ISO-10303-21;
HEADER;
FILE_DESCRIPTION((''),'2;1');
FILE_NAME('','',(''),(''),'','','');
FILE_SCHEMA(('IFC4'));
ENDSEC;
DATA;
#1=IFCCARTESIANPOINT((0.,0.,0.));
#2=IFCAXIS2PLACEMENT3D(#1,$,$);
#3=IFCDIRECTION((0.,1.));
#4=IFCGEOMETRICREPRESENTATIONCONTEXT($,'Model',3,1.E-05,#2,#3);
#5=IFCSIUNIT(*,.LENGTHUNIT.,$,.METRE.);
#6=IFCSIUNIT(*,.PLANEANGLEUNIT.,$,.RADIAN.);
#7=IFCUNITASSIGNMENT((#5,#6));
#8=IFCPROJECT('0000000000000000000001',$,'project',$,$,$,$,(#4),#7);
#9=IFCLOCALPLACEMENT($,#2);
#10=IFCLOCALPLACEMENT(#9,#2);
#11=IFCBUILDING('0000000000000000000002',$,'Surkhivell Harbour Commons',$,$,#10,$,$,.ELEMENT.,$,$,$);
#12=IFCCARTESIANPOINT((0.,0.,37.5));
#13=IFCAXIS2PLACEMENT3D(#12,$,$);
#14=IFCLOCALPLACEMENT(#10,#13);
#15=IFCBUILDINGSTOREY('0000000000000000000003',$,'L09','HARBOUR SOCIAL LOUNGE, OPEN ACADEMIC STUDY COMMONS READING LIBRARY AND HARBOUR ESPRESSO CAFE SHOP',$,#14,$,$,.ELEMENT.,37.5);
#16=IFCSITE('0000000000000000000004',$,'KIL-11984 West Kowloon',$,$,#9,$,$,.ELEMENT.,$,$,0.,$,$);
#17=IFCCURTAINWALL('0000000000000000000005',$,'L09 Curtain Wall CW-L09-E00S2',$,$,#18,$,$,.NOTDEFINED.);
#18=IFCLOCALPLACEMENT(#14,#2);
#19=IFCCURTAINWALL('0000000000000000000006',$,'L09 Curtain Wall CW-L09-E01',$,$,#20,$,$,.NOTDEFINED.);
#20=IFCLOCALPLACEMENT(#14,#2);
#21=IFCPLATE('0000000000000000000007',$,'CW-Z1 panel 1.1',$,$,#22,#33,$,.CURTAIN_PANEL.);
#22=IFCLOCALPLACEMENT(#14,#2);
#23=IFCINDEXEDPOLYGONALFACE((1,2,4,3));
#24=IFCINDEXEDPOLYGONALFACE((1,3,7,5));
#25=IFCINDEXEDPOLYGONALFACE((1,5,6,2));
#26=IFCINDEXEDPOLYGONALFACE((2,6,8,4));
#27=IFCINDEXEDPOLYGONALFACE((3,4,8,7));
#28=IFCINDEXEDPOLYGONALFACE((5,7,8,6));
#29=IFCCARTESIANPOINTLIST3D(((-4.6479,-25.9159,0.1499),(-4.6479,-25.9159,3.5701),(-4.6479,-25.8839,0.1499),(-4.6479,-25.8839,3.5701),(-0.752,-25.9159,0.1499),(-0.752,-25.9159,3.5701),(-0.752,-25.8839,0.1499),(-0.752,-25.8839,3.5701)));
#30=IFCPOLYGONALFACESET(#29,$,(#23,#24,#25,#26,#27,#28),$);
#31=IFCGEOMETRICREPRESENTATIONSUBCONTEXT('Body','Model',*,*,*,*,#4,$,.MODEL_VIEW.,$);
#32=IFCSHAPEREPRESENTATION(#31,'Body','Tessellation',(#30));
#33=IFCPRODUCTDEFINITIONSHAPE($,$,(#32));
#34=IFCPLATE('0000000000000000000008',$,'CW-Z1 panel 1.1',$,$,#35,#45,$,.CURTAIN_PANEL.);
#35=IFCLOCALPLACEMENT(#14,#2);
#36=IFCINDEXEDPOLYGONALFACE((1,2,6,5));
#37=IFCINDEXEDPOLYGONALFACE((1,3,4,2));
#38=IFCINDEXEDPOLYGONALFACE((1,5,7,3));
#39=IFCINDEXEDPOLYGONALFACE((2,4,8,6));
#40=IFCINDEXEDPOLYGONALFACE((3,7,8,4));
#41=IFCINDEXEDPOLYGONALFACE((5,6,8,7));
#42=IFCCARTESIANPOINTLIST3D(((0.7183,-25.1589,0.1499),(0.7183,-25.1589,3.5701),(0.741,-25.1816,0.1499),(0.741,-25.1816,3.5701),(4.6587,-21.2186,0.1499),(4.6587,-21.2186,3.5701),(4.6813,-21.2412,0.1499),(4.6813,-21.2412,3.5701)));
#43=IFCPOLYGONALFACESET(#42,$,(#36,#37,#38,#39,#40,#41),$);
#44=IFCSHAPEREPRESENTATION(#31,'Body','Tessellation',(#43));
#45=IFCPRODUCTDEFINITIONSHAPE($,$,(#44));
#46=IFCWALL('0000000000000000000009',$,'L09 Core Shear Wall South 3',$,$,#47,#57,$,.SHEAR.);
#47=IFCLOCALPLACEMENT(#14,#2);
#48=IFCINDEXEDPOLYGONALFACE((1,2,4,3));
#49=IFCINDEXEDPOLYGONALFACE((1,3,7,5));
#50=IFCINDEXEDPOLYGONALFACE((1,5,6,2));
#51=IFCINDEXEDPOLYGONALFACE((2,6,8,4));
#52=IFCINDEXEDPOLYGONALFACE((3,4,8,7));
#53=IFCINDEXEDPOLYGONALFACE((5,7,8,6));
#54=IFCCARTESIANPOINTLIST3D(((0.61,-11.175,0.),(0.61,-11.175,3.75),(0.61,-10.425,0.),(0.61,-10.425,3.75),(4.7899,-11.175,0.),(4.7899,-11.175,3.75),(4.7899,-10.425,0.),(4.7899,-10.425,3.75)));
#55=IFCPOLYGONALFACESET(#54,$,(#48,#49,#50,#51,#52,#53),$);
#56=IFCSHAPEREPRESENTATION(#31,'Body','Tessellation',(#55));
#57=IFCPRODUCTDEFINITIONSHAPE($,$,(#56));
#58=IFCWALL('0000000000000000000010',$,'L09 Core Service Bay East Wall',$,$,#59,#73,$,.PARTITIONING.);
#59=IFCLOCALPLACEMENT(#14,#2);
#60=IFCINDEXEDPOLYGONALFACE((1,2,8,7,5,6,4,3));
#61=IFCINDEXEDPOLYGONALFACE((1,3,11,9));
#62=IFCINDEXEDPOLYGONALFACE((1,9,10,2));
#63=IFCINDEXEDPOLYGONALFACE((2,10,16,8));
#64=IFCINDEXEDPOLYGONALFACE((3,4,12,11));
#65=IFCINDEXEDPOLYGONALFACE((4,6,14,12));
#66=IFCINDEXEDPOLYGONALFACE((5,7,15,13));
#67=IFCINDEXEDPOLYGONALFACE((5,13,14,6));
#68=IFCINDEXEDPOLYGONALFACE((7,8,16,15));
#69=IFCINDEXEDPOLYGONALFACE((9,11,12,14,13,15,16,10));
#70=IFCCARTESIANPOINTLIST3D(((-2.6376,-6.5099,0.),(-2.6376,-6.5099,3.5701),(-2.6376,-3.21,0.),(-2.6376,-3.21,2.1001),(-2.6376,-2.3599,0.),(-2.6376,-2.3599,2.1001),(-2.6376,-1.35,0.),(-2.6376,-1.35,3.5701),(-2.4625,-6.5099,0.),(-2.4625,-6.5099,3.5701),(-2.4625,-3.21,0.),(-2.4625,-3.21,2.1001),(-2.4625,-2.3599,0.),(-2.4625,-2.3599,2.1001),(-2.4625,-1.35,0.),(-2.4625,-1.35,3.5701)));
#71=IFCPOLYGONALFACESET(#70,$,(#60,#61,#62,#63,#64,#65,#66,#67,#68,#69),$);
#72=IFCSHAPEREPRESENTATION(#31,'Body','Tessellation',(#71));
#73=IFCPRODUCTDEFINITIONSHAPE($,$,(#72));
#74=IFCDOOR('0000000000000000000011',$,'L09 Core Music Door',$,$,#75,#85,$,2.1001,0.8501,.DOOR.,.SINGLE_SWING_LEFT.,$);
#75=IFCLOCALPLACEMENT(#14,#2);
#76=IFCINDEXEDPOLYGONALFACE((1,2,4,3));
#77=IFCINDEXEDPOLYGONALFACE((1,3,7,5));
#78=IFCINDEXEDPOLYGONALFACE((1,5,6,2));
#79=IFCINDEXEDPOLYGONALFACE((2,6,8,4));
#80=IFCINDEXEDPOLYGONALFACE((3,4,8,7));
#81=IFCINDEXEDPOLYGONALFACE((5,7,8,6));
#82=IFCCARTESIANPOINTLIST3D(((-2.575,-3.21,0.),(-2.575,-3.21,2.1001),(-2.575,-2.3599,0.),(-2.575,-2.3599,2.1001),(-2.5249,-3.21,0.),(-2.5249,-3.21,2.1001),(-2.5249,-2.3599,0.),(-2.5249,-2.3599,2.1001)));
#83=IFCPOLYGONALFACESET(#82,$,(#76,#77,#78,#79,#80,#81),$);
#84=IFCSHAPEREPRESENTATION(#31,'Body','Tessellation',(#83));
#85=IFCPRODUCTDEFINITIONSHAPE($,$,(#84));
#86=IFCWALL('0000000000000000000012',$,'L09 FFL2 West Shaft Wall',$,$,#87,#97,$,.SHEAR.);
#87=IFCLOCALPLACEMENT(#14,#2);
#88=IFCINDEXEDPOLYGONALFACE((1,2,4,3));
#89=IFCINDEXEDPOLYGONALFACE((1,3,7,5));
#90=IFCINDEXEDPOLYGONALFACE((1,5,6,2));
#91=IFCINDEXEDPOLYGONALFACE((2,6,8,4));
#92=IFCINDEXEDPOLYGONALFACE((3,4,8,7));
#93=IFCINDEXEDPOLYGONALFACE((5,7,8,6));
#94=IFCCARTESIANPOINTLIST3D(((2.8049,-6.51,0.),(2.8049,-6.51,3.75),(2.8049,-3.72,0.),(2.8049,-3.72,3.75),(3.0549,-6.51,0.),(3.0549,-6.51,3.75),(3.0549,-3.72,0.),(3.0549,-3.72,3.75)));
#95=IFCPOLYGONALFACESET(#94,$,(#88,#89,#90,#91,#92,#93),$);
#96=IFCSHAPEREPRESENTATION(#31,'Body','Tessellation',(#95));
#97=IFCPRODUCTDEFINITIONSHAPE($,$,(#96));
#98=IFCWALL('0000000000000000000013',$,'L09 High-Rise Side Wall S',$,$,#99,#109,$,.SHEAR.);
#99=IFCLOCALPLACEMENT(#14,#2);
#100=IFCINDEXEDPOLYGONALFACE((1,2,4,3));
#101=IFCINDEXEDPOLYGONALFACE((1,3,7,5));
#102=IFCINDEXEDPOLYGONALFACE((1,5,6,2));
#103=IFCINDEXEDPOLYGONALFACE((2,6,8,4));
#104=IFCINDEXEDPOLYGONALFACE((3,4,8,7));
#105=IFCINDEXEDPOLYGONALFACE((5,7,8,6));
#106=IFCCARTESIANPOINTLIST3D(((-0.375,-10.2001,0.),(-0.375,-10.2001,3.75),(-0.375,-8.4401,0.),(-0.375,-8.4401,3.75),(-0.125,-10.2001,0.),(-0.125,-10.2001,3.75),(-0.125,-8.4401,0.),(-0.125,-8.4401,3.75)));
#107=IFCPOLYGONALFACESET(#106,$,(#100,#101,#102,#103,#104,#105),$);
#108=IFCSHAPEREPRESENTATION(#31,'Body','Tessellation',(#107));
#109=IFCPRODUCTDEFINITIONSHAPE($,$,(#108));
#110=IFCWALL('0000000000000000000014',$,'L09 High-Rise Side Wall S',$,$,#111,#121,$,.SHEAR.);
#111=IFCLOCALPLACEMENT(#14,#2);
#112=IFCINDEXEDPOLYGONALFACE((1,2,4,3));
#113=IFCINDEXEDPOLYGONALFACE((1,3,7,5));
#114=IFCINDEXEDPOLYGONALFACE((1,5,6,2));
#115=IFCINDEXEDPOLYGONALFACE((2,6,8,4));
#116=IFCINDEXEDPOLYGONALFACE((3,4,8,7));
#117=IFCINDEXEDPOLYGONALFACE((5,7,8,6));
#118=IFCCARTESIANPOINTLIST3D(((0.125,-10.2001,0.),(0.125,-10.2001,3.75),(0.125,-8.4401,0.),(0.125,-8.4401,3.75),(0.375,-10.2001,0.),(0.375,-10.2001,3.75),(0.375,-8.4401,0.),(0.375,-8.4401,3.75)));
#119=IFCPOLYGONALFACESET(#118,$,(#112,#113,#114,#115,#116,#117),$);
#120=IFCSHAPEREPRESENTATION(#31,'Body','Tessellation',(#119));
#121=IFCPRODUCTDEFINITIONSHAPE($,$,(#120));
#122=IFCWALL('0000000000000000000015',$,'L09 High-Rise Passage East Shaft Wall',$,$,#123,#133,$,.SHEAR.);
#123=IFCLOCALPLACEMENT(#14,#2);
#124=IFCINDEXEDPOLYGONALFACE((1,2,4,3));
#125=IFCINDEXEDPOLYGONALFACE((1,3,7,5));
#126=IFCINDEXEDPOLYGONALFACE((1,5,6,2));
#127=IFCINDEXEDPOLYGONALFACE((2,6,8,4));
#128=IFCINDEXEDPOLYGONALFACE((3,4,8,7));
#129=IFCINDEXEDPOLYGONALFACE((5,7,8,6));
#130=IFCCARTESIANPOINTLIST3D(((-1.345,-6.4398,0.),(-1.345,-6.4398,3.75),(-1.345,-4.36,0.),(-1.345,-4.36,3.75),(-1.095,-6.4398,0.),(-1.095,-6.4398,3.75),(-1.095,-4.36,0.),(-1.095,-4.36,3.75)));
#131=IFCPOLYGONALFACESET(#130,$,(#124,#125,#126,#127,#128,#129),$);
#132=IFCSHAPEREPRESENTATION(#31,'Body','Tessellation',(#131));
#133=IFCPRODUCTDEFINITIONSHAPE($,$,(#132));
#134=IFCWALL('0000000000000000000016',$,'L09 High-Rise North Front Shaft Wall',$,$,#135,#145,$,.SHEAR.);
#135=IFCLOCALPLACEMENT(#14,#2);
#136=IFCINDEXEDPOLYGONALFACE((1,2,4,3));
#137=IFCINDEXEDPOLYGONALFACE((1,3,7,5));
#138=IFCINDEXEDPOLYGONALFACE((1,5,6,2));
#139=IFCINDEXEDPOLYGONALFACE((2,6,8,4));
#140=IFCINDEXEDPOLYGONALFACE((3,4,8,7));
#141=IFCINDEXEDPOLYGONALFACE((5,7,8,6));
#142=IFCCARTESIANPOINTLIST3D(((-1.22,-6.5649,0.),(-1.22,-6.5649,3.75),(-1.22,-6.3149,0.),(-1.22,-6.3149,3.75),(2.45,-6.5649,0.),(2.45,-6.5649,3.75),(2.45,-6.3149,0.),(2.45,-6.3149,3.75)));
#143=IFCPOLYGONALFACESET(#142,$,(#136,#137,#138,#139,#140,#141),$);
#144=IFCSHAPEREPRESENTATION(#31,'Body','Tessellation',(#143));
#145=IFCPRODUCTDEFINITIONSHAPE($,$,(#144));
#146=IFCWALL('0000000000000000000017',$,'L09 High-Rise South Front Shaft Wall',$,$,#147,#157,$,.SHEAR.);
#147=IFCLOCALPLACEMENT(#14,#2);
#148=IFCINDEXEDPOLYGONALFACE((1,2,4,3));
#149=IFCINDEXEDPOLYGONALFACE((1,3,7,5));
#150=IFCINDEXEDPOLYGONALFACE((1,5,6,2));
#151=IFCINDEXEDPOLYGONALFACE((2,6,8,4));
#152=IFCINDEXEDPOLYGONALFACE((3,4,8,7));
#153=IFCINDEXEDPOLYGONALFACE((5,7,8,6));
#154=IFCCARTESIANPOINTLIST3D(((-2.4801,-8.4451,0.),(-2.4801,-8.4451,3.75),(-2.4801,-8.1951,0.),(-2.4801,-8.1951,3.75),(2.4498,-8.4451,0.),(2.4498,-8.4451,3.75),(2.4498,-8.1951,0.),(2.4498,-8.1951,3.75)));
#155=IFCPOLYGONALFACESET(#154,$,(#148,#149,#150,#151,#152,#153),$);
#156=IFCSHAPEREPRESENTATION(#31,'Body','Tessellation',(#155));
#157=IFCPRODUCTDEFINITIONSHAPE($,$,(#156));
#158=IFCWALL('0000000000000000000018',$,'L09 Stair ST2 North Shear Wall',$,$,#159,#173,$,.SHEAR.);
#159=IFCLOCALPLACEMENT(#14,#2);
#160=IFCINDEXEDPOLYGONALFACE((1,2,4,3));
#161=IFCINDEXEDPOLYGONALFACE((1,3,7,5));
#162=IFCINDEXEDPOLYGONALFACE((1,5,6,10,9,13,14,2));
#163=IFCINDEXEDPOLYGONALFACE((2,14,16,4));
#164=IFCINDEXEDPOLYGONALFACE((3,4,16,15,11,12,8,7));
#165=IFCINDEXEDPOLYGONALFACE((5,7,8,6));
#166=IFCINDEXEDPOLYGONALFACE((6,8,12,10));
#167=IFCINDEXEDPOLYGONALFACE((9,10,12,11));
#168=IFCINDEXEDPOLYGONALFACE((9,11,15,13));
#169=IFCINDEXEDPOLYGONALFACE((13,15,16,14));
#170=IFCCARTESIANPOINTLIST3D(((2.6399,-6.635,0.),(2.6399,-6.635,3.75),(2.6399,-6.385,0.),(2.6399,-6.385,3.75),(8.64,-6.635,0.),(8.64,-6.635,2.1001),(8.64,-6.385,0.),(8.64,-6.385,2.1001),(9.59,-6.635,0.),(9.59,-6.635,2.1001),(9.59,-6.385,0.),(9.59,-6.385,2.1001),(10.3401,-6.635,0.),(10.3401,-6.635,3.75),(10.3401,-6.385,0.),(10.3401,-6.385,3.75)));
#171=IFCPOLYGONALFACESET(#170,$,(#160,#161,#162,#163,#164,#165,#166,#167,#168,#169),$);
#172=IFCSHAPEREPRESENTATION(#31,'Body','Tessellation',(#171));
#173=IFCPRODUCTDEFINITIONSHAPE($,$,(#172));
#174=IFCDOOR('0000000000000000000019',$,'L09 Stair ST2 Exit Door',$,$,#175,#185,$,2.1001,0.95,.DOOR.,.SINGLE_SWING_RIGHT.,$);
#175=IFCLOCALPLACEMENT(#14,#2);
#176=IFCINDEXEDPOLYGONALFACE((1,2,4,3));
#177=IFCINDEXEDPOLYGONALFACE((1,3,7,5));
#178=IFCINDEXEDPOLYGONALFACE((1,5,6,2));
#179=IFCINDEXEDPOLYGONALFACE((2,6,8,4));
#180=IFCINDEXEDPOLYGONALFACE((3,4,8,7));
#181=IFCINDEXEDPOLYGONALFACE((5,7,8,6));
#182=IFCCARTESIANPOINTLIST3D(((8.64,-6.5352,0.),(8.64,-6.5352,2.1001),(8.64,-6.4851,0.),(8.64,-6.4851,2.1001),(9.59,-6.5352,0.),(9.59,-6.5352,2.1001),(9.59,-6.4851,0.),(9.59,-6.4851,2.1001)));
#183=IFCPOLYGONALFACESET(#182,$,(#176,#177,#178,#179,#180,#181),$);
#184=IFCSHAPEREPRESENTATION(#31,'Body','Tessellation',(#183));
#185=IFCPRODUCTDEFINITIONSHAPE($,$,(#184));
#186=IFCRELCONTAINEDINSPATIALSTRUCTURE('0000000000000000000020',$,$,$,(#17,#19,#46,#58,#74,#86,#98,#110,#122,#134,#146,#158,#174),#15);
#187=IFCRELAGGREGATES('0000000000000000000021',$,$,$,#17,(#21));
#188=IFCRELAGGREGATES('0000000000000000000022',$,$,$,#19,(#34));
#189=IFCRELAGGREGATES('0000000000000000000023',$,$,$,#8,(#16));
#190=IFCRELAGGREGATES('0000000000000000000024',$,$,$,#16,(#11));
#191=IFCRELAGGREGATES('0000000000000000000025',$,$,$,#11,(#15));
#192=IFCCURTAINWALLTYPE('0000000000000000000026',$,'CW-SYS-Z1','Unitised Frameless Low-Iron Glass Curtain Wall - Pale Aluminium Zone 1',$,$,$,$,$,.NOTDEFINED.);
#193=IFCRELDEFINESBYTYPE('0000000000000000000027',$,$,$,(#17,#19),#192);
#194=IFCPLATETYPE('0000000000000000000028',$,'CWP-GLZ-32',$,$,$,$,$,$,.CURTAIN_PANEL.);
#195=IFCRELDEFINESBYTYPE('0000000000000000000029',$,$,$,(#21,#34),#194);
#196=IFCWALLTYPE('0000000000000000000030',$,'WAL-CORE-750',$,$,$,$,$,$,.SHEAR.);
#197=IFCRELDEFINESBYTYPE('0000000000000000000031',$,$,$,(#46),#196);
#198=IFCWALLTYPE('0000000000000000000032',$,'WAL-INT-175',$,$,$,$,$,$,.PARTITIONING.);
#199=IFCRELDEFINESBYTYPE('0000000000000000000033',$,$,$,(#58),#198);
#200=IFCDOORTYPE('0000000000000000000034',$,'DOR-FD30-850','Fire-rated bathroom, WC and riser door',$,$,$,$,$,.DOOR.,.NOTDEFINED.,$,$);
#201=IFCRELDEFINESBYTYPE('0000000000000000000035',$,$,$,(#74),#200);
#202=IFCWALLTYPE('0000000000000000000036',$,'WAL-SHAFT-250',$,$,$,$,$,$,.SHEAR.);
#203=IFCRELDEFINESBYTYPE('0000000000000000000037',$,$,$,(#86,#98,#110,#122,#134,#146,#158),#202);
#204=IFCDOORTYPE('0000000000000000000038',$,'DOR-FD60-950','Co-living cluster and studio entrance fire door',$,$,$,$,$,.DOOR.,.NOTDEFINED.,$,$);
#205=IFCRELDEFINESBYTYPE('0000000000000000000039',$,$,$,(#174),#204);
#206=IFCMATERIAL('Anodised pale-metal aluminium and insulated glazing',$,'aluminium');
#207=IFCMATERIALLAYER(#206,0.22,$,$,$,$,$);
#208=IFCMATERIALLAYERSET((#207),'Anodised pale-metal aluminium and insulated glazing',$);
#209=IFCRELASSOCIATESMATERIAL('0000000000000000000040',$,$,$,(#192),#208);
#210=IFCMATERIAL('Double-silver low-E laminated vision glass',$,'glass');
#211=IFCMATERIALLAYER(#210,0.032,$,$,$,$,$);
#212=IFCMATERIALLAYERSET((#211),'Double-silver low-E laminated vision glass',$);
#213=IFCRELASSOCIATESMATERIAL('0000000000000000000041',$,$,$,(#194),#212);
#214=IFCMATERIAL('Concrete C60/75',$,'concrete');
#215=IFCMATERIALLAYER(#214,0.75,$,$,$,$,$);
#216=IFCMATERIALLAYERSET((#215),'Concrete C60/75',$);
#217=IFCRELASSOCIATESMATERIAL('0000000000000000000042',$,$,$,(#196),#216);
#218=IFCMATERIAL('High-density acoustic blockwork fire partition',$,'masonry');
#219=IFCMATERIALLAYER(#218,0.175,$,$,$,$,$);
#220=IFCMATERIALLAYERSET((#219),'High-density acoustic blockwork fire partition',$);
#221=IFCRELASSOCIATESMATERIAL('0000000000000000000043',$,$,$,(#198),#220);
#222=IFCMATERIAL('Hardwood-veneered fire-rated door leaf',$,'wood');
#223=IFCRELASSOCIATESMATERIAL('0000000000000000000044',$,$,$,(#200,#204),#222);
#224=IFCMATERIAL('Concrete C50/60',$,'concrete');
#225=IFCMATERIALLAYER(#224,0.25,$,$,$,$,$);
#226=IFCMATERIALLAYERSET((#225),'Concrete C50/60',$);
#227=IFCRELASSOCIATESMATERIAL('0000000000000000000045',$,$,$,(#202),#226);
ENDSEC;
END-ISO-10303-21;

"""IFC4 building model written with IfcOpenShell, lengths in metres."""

from ifc_helpers import new_model, si_unit, direction, frame, frame_2d, origin, place, context, subcontext, project, spatial, rectangle, extrude, material, layer, layer_set, type_object, element, fill, aggregate, save


model = new_model("IFC4")

# Units and contexts
model_context = context("Model", 3, precision=1e-05, world=origin(), true_north=direction((0.0, 1.0)))
body_context = subcontext(model_context, "Body", "Model", "MODEL_VIEW")
ifc_project = project(units=[si_unit("LENGTHUNIT", "METRE"), si_unit("PLANEANGLEUNIT", "RADIAN")], contexts=[model_context])

# Site, building, storey
site_placement = place(None, origin())
site = spatial("IfcSite", under=ifc_project, at=site_placement, Name="KIL-11984 West Kowloon", CompositionType="ELEMENT", RefElevation=0.0)
building_placement = place(site_placement, origin())
building = spatial("IfcBuilding", under=site, at=building_placement, Name="Surkhivell Harbour Commons", CompositionType="ELEMENT")
storey_placement = place(building_placement, frame((0.0, 0.0, 37.5)))
storey = spatial("IfcBuildingStorey", under=building, at=storey_placement, Name="L09", Description="HARBOUR SOCIAL LOUNGE, OPEN ACADEMIC STUDY COMMONS READING LIBRARY AND HARBOUR ESPRESSO CAFE SHOP", CompositionType="ELEMENT", Elevation=37.5)

# Curtain wall
ifc_material_1 = material(Name="Anodised pale-metal aluminium and insulated glazing", Category="aluminium")
ifc_layer_1 = layer(ifc_material_1, 0.22)
ifc_layer_set_1 = layer_set([ifc_layer_1], Name="Anodised pale-metal aluminium and insulated glazing")
curtain_wall_type = type_object("IfcCurtainWallType", Name="CW-SYS-Z1", Description="Unitised Frameless Low-Iron Glass Curtain Wall - Pale Aluminium Zone 1", PredefinedType="NOTDEFINED", material=ifc_layer_set_1)
curtain_wall_1_placement = place(storey_placement, origin())
curtain_wall_1 = element("IfcCurtainWall", 1, at=curtain_wall_1_placement, inside=storey, type_object=curtain_wall_type, Name="L09 Curtain Wall CW-L09-E00S2", PredefinedType="NOTDEFINED")

# Curtain wall
curtain_wall_2_placement = place(storey_placement, origin())
curtain_wall_2 = element("IfcCurtainWall", 2, at=curtain_wall_2_placement, inside=storey, type_object=curtain_wall_type, Name="L09 Curtain Wall CW-L09-E01", PredefinedType="NOTDEFINED")

# Plates
ifc_material_2 = material(Name="Double-silver low-E laminated vision glass", Category="glass")
ifc_layer_2 = layer(ifc_material_2, 0.032)
ifc_layer_set_2 = layer_set([ifc_layer_2], Name="Double-silver low-E laminated vision glass")
plate_type = type_object("IfcPlateType", Name="CWP-GLZ-32", PredefinedType="CURTAIN_PANEL", material=ifc_layer_set_2)
plate_1_placement = place(storey_placement, frame((-4.6479, -25.8999, 0.1499), z_axis=(0.0, 0.0, 1.0), x_axis=(1.0, 0.0, 0.0)))
plate_1 = element("IfcPlate", 3, at=plate_1_placement, type_object=plate_type, Name="CW-Z1 panel 1.1", PredefinedType="CURTAIN_PANEL", context=body_context, shape_type="SweptSolid", body=[
    extrude(rectangle(XDim=3.896, YDim=0.032, at=frame_2d((1.948, 0.0))), origin(), (0.0, 0.0, 1.0), 3.4202),
])
aggregate(curtain_wall_1, [plate_1])
plate_2_placement = place(storey_placement, frame((0.7297, -25.1702, 0.1499), z_axis=(0.0, 0.0, 1.0), x_axis=(0.707107, 0.707107, 0.0)))
plate_2 = element("IfcPlate", 4, at=plate_2_placement, type_object=plate_type, Name="CW-Z1 panel 1.1", PredefinedType="CURTAIN_PANEL", context=body_context, shape_type="SweptSolid", body=[
    extrude(rectangle(XDim=5.5725, YDim=0.032, at=frame_2d((2.7861, 0.0))), origin(), (0.0, 0.0, 1.0), 3.4202),
])
aggregate(curtain_wall_2, [plate_2])

# Wall
ifc_material_3 = material(Name="Concrete C60/75", Category="concrete")
ifc_layer_3 = layer(ifc_material_3, 0.75)
ifc_layer_set_3 = layer_set([ifc_layer_3], Name="Concrete C60/75")
wall_type_1 = type_object("IfcWallType", Name="WAL-CORE-750", PredefinedType="SHEAR", material=ifc_layer_set_3)
wall_1_placement = place(storey_placement, frame((0.6101, -10.8, 0.0), z_axis=(0.0, 0.0, 1.0), x_axis=(1.0, 0.0, 0.0)))
element("IfcWall", 5, at=wall_1_placement, inside=storey, type_object=wall_type_1, Name="L09 Core Shear Wall South 3", PredefinedType="SHEAR", context=body_context, shape_type="SweptSolid", body=[
    extrude(rectangle(XDim=4.1799, YDim=0.75, at=frame_2d((2.0898, 0.0))), origin(), (0.0, 0.0, 1.0), 3.75),
])

# Wall, opening, door
ifc_material_4 = material(Name="High-density acoustic blockwork fire partition", Category="masonry")
ifc_layer_4 = layer(ifc_material_4, 0.175)
ifc_layer_set_4 = layer_set([ifc_layer_4], Name="High-density acoustic blockwork fire partition")
wall_type_2 = type_object("IfcWallType", Name="WAL-INT-175", PredefinedType="PARTITIONING", material=ifc_layer_set_4)
wall_2_placement = place(storey_placement, frame((-2.55, -6.51, 0.0), z_axis=(0.0, 0.0, 1.0), x_axis=(0.0, 1.0, 0.0)))
wall_2 = element("IfcWall", 6, at=wall_2_placement, inside=storey, type_object=wall_type_2, Name="L09 Core Service Bay East Wall", PredefinedType="PARTITIONING", context=body_context, shape_type="SweptSolid", body=[
    extrude(rectangle(XDim=5.1599, YDim=0.175, at=frame_2d((2.5801, 0.0))), origin(), (0.0, 0.0, 1.0), 3.5701),
])
opening_1_placement = place(wall_2_placement, frame((3.3, 0.0, 0.0)))
opening_1 = element("IfcOpeningElement", 7, at=opening_1_placement, cuts=wall_2, PredefinedType="OPENING", context=body_context, shape_type="SweptSolid", body=[
    extrude(rectangle(XDim=0.8501, YDim=2.1001, at=frame_2d((0.425, 1.05))), frame((0.0, 0.0974, 0.0), z_axis=(0.0, -1.0, 0.0), x_axis=(1.0, 0.0, 0.0)), (0.0, 0.0, 1.0), 0.1951),
])
ifc_material_5 = material(Name="Hardwood-veneered fire-rated door leaf", Category="wood")
door_type_1 = type_object("IfcDoorType", Name="DOR-FD30-850", Description="Fire-rated bathroom, WC and riser door", OperationType="NOTDEFINED", PredefinedType="DOOR", material=ifc_material_5)
door_1_placement = place(opening_1_placement, origin())
door_1 = element("IfcDoor", 8, at=door_1_placement, inside=storey, type_object=door_type_1, Name="L09 Core Music Door", OperationType="SINGLE_SWING_LEFT", OverallHeight=2.1001, OverallWidth=0.8501, PredefinedType="DOOR", context=body_context, shape_type="SweptSolid", body=[
    extrude(rectangle(XDim=0.8501, YDim=2.1001, at=frame_2d((0.425, 1.05))), frame((0.0, 0.0249, 0.0), z_axis=(0.0, -1.0, 0.0), x_axis=(1.0, 0.0, 0.0)), (0.0, 0.0, 1.0), 0.05),
])
fill(opening_1, door_1)

# Walls
ifc_material_6 = material(Name="Concrete C50/60", Category="concrete")
ifc_layer_5 = layer(ifc_material_6, 0.25)
ifc_layer_set_5 = layer_set([ifc_layer_5], Name="Concrete C50/60")
wall_type_3 = type_object("IfcWallType", Name="WAL-SHAFT-250", PredefinedType="SHEAR", material=ifc_layer_set_5)
wall_3_placement = place(storey_placement, frame((2.9299, -6.51, 0.0), z_axis=(0.0, 0.0, 1.0), x_axis=(0.0, 1.0, 0.0)))
element("IfcWall", 9, at=wall_3_placement, inside=storey, type_object=wall_type_3, Name="L09 FFL2 West Shaft Wall", PredefinedType="SHEAR", context=body_context, shape_type="SweptSolid", body=[
    extrude(rectangle(XDim=2.79, YDim=0.25, at=frame_2d((1.395, 0.0))), origin(), (0.0, 0.0, 1.0), 3.75),
])
for number, where, z_axis, x_axis, name in (
    (10, (-0.25, -10.2, 0.0), (0.0, 0.0, 1.0), (0.0, 1.0, 0.0), "L09 High-Rise Side Wall S"),
    (11, (0.25, -10.2, 0.0), (0.0, 0.0, 1.0), (0.0, 1.0, 0.0), "L09 High-Rise Side Wall S"),
):
    element("IfcWall", number, at=place(storey_placement, frame(where, z_axis=z_axis, x_axis=x_axis)), inside=storey, type_object=wall_type_3, Name=name, PredefinedType="SHEAR", context=body_context, shape_type="SweptSolid", body=[
        extrude(rectangle(XDim=1.76, YDim=0.25, at=frame_2d((0.8799, 0.0))), origin(), (0.0, 0.0, 1.0), 3.75),
    ])
wall_4_placement = place(storey_placement, frame((-1.22, -6.4399, 0.0), z_axis=(0.0, 0.0, 1.0), x_axis=(0.0, 1.0, 0.0)))
element("IfcWall", 12, at=wall_4_placement, inside=storey, type_object=wall_type_3, Name="L09 High-Rise Passage East Shaft Wall", PredefinedType="SHEAR", context=body_context, shape_type="SweptSolid", body=[
    extrude(rectangle(XDim=2.0798, YDim=0.25, at=frame_2d((1.04, 0.0))), origin(), (0.0, 0.0, 1.0), 3.75),
])
wall_5_placement = place(storey_placement, frame((-1.22, -6.4399, 0.0), z_axis=(0.0, 0.0, 1.0), x_axis=(1.0, 0.0, 0.0)))
element("IfcWall", 13, at=wall_5_placement, inside=storey, type_object=wall_type_3, Name="L09 High-Rise North Front Shaft Wall", PredefinedType="SHEAR", context=body_context, shape_type="SweptSolid", body=[
    extrude(rectangle(XDim=3.6699, YDim=0.25, at=frame_2d((1.835, 0.0))), origin(), (0.0, 0.0, 1.0), 3.75),
])
wall_6_placement = place(storey_placement, frame((-2.48, -8.3201, 0.0), z_axis=(0.0, 0.0, 1.0), x_axis=(1.0, 0.0, 0.0)))
element("IfcWall", 14, at=wall_6_placement, inside=storey, type_object=wall_type_3, Name="L09 High-Rise South Front Shaft Wall", PredefinedType="SHEAR", context=body_context, shape_type="SweptSolid", body=[
    extrude(rectangle(XDim=4.9299, YDim=0.25, at=frame_2d((2.4648, 0.0))), origin(), (0.0, 0.0, 1.0), 3.75),
])

# Wall, opening, door
wall_7_placement = place(storey_placement, frame((2.6399, -6.51, 0.0), z_axis=(0.0, 0.0, 1.0), x_axis=(1.0, 0.0, 0.0)))
wall_7 = element("IfcWall", 15, at=wall_7_placement, inside=storey, type_object=wall_type_3, Name="L09 Stair ST2 North Shear Wall", PredefinedType="SHEAR", context=body_context, shape_type="SweptSolid", body=[
    extrude(rectangle(XDim=7.7002, YDim=0.25, at=frame_2d((3.8501, 0.0))), origin(), (0.0, 0.0, 1.0), 3.75),
])
opening_2_placement = place(wall_7_placement, frame((6.0, 0.0, 0.0)))
opening_2 = element("IfcOpeningElement", 16, at=opening_2_placement, cuts=wall_7, PredefinedType="OPENING", context=body_context, shape_type="SweptSolid", body=[
    extrude(rectangle(XDim=0.95, YDim=2.1001, at=frame_2d((0.4751, 1.05))), frame((0.0, 0.135, 0.0), z_axis=(0.0, -1.0, 0.0), x_axis=(1.0, 0.0, 0.0)), (0.0, 0.0, 1.0), 0.27),
])
door_type_2 = type_object("IfcDoorType", Name="DOR-FD60-950", Description="Co-living cluster and studio entrance fire door", OperationType="NOTDEFINED", PredefinedType="DOOR", material=ifc_material_5)
door_2_placement = place(opening_2_placement, origin())
door_2 = element("IfcDoor", 17, at=door_2_placement, inside=storey, type_object=door_type_2, Name="L09 Stair ST2 Exit Door", OperationType="SINGLE_SWING_RIGHT", OverallHeight=2.1001, OverallWidth=0.95, PredefinedType="DOOR", context=body_context, shape_type="SweptSolid", body=[
    extrude(rectangle(XDim=0.95, YDim=2.1001, at=frame_2d((0.4751, 1.05))), frame((0.0, 0.0249, 0.0), z_axis=(0.0, -1.0, 0.0), x_axis=(1.0, 0.0, 0.0)), (0.0, 0.0, 1.0), 0.05),
])
fill(opening_2, door_2)

save(model, "model.ifc")
